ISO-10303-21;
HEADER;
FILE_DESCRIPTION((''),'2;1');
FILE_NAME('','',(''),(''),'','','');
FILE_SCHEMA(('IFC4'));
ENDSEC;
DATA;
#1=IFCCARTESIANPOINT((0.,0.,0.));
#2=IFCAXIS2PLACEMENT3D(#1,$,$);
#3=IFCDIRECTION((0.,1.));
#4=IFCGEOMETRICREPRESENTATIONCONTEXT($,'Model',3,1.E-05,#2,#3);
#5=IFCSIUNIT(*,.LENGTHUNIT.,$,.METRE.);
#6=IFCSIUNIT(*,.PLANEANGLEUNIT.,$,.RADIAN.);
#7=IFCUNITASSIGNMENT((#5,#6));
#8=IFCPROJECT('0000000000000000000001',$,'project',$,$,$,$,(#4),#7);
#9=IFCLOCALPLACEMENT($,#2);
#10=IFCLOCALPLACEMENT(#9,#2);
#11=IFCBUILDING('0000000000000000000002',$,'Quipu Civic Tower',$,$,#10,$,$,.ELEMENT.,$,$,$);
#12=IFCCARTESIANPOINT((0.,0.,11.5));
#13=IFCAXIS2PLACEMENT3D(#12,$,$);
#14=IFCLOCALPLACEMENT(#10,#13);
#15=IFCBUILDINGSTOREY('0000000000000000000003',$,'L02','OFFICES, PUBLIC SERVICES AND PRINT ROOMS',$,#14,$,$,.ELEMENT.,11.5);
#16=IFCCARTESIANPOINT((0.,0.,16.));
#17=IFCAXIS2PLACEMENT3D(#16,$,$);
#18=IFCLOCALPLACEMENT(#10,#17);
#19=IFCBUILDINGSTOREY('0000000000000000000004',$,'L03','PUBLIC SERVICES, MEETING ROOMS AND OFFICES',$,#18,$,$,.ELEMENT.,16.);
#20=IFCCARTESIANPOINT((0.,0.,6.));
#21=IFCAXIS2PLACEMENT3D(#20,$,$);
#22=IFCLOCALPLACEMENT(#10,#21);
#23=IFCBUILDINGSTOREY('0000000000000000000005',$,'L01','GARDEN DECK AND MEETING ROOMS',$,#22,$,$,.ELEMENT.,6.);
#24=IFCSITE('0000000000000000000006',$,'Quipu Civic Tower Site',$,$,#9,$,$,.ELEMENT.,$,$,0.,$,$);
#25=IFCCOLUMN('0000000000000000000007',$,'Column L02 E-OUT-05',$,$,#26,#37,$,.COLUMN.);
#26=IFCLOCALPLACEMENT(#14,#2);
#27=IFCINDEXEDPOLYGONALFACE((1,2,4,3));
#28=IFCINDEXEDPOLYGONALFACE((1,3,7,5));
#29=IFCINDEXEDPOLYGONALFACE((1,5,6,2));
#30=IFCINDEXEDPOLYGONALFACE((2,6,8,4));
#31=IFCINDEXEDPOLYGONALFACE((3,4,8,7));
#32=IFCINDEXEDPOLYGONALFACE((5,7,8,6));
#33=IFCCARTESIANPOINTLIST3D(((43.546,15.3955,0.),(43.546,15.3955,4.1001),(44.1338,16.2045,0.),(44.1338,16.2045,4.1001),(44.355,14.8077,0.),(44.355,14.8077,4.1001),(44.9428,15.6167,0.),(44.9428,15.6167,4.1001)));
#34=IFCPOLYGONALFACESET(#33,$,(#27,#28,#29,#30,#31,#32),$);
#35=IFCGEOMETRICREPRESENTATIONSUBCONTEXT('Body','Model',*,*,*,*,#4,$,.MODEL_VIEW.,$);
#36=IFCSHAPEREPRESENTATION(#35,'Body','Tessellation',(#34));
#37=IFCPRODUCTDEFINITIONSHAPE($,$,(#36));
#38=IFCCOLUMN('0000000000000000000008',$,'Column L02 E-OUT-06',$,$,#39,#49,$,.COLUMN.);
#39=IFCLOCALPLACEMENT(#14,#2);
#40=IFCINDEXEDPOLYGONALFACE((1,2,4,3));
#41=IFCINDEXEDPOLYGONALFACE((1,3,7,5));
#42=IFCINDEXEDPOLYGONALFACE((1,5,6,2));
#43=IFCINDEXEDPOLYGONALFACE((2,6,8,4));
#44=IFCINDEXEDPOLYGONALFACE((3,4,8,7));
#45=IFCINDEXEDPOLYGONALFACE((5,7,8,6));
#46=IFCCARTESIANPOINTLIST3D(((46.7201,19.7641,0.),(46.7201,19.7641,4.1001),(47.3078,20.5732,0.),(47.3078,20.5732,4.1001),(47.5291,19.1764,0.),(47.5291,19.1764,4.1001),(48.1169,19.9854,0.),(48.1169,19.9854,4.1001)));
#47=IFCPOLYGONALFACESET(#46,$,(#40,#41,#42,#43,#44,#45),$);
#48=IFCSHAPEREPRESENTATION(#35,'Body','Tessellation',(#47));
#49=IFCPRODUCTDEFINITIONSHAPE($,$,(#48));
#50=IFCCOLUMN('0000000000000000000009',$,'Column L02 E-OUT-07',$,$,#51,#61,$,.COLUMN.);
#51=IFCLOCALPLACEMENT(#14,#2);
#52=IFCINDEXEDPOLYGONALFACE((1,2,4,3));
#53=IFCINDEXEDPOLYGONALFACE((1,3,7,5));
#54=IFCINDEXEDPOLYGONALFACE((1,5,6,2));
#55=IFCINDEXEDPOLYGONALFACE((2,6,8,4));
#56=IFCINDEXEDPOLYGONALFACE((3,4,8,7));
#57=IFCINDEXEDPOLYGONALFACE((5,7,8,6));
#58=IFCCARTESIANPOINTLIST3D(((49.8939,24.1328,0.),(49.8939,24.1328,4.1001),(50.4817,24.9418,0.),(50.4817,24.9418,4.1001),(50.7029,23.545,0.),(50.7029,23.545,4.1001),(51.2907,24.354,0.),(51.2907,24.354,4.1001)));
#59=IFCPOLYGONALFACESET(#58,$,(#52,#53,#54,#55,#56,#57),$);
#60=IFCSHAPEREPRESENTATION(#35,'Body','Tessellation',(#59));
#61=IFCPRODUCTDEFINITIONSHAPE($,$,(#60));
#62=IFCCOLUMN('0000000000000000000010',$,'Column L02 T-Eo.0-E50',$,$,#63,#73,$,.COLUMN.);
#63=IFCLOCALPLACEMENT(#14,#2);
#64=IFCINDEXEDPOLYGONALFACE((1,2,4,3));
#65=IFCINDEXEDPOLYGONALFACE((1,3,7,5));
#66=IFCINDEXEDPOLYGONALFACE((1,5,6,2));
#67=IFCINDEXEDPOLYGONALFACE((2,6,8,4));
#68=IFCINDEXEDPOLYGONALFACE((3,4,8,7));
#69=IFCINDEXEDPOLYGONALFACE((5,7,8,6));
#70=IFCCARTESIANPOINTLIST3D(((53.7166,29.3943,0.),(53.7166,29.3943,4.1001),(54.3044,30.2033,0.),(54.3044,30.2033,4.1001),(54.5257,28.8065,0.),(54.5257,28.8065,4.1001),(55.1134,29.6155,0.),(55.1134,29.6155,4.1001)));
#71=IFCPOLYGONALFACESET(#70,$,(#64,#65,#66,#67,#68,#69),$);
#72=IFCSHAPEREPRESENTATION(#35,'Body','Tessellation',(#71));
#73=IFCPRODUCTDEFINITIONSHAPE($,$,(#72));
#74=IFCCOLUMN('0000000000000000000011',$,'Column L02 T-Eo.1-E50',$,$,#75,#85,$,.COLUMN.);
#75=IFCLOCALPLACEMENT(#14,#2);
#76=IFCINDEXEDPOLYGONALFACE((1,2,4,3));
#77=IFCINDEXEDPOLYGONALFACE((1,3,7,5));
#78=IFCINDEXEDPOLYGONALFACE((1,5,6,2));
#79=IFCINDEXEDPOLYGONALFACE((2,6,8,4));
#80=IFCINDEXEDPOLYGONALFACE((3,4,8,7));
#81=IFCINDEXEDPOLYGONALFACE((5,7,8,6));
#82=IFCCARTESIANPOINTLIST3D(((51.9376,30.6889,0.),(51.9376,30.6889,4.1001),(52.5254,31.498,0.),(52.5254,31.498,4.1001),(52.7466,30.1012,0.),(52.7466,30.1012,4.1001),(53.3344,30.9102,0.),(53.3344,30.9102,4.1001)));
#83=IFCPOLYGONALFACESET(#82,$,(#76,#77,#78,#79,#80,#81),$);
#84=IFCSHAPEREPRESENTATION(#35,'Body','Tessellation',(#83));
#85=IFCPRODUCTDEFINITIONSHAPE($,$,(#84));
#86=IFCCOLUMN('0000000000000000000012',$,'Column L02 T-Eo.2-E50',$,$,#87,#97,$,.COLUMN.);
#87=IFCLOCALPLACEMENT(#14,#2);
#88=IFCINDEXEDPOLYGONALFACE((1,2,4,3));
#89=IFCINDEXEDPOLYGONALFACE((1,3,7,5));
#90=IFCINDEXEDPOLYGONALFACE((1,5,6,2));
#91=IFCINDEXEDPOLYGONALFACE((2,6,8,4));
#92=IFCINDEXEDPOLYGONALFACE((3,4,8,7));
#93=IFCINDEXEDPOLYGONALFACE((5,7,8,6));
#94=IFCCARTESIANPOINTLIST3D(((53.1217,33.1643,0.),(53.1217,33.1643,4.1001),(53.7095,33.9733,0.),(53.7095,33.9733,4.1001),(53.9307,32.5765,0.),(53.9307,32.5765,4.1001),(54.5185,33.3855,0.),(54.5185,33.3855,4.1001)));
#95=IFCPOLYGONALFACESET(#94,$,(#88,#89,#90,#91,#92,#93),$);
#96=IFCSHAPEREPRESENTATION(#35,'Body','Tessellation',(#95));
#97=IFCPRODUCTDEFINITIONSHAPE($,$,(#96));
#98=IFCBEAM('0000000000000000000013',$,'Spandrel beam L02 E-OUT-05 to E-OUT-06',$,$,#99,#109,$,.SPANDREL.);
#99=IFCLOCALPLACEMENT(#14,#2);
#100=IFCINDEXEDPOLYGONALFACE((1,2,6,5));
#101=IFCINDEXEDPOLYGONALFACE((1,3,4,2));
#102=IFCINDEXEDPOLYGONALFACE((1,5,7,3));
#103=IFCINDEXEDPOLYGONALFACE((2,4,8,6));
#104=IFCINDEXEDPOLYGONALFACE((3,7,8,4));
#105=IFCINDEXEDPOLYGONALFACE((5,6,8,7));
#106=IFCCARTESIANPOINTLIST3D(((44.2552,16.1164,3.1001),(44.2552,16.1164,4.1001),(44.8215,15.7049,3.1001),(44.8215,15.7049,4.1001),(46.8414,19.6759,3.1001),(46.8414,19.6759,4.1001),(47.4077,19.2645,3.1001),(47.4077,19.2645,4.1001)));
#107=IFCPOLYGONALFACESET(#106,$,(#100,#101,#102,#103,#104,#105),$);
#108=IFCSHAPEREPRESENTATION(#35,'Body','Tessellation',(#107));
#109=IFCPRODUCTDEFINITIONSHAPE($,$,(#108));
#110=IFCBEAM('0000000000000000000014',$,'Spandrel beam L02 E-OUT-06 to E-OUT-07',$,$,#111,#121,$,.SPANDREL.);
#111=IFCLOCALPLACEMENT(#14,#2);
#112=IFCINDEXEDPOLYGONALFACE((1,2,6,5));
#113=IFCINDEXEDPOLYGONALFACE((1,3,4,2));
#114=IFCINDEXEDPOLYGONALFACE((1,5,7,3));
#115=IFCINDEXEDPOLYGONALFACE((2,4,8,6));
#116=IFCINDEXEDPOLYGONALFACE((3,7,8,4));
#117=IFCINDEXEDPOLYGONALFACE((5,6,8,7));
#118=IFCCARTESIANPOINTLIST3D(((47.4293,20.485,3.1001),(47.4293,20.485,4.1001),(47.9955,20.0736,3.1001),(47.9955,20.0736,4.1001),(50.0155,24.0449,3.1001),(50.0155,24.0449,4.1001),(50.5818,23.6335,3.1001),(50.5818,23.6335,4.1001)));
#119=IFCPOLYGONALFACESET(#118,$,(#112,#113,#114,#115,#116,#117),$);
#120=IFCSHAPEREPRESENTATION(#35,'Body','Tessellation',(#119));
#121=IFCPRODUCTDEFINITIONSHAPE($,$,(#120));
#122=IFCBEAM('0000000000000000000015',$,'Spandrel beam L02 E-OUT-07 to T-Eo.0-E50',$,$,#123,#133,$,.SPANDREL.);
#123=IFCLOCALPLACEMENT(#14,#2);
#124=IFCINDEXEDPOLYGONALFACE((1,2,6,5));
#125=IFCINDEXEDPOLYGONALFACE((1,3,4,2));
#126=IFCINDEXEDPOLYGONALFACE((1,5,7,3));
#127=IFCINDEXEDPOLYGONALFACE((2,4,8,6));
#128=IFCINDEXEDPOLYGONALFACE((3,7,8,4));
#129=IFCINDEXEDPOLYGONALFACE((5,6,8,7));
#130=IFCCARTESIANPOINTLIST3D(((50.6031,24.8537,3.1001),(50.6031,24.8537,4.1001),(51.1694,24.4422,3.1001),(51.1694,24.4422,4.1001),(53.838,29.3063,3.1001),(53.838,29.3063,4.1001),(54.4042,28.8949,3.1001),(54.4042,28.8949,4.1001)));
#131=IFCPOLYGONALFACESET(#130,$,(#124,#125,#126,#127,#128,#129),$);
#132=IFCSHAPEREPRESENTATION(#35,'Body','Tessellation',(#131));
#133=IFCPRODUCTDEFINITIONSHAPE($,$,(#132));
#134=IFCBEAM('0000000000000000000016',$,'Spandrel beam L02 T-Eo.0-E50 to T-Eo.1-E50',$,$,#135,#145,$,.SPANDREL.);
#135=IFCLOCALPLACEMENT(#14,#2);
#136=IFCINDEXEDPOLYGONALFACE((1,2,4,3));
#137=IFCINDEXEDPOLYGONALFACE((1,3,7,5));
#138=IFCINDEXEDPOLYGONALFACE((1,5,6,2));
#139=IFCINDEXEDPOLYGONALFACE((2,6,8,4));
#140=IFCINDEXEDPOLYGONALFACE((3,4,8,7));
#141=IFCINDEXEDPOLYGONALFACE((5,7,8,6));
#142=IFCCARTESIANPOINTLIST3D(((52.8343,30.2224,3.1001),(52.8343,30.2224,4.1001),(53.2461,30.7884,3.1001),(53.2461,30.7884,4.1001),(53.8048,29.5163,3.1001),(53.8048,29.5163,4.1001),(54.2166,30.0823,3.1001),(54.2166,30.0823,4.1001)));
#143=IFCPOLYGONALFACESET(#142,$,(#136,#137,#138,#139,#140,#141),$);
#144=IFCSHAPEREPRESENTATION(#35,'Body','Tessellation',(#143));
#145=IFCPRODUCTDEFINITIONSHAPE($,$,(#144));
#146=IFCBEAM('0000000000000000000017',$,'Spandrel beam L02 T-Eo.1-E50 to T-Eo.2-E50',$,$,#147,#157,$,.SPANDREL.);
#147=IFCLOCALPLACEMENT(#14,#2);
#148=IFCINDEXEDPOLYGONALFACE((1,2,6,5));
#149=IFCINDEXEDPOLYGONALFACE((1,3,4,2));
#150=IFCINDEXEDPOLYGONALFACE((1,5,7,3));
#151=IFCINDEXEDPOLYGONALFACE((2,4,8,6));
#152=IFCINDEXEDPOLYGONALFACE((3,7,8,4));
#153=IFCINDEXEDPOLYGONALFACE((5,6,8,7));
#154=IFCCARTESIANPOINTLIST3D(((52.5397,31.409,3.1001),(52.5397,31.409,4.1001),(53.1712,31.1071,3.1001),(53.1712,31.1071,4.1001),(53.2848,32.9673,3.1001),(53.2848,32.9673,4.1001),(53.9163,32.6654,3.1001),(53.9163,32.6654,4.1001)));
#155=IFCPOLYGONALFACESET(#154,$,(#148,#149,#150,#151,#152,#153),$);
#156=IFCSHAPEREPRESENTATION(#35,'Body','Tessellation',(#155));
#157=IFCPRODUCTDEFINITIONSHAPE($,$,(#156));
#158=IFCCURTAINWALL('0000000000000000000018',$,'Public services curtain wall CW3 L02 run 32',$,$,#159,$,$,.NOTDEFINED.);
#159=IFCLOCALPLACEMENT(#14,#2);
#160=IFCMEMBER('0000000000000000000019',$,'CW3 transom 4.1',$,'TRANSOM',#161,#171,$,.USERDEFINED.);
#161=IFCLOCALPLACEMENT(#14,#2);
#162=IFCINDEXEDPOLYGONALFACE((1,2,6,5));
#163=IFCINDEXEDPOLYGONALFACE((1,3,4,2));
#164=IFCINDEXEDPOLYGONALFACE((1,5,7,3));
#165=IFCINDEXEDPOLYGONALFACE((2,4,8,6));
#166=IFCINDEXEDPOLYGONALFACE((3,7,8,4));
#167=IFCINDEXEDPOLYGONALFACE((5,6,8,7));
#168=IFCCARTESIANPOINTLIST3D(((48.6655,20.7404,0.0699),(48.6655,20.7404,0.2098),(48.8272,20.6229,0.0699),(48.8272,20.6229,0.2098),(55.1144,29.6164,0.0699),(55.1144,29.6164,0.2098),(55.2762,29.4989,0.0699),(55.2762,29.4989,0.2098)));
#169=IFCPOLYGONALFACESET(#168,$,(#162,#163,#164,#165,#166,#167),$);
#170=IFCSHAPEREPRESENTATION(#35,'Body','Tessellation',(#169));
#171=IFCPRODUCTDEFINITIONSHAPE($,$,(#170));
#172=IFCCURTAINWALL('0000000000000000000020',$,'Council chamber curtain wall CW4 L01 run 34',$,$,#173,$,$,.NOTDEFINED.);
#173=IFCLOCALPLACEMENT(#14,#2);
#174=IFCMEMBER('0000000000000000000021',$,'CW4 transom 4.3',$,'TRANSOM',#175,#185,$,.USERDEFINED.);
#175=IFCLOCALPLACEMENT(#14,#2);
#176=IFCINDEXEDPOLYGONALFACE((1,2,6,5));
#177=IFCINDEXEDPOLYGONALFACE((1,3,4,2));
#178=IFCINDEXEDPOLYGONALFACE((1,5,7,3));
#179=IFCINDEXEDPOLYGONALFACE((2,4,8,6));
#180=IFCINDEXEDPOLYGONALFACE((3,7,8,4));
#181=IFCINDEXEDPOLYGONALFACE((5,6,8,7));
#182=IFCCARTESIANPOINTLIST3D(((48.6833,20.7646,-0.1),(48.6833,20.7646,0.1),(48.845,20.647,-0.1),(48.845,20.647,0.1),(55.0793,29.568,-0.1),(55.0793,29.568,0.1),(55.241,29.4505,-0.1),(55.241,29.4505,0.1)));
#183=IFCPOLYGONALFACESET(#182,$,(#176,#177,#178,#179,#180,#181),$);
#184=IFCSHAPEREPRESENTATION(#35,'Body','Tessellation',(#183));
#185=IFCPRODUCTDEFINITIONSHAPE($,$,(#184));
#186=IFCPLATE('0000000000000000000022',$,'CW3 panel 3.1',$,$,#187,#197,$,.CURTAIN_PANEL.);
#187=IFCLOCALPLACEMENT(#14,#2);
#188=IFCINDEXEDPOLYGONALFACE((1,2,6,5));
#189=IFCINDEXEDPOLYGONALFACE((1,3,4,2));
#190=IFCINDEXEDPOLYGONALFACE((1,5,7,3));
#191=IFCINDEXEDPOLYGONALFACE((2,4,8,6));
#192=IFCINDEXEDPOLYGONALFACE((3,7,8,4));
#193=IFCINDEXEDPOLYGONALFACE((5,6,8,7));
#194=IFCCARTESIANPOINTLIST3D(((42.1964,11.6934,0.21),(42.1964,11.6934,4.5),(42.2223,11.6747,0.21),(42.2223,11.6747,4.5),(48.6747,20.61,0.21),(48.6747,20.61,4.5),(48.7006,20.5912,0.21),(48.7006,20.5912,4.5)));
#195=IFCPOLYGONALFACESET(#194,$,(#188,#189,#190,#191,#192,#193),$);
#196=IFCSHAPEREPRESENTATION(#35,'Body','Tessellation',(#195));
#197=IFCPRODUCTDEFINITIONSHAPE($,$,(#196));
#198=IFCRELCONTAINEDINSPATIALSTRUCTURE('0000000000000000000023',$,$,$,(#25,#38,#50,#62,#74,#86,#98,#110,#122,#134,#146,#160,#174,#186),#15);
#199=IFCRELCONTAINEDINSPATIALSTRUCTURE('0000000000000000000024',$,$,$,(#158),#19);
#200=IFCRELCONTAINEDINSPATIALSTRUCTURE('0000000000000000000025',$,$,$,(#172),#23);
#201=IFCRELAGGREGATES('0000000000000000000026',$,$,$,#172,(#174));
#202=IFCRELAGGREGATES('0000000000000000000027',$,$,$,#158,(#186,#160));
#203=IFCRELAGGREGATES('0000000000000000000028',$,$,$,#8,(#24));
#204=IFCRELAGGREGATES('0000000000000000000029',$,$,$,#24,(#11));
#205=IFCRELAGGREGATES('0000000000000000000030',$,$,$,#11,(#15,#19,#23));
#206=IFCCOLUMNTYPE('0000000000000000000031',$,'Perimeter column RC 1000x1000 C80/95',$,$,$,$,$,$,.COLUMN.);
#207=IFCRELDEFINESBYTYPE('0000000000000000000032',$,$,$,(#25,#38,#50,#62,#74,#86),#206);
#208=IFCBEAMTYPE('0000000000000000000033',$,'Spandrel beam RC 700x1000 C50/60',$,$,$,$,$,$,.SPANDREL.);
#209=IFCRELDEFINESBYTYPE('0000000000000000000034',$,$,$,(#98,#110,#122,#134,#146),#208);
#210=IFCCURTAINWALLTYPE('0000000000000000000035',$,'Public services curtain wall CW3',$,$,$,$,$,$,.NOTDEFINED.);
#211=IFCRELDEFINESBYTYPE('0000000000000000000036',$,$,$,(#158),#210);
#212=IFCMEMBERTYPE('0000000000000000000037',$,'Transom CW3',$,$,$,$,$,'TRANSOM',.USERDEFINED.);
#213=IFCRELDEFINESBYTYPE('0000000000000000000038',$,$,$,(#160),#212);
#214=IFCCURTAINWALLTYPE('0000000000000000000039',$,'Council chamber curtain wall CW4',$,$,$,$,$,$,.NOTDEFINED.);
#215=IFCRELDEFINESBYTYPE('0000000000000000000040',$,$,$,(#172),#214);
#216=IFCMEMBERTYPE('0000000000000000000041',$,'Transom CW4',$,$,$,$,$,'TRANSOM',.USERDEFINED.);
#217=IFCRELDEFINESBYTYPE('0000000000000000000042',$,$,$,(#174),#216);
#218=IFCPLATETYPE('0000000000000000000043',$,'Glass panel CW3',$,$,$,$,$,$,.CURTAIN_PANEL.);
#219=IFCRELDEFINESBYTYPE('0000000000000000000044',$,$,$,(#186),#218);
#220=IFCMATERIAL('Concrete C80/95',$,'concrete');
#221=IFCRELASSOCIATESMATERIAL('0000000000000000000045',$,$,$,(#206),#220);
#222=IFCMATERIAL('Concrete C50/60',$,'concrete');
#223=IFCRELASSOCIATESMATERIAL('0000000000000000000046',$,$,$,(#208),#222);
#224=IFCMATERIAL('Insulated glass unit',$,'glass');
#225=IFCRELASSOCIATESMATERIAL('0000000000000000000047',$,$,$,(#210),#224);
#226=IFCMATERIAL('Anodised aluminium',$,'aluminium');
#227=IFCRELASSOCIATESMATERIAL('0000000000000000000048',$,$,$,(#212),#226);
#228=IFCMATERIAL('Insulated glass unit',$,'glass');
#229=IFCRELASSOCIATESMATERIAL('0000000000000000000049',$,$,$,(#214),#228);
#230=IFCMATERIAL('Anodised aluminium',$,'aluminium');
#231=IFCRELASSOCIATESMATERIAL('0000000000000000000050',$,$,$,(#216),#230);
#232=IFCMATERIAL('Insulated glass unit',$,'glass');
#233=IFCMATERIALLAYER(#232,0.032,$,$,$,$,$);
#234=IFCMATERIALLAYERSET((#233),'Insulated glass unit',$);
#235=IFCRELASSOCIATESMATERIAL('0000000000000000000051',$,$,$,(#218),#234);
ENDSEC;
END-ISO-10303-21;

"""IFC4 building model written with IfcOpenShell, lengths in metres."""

from ifc_helpers import new_model, si_unit, direction, frame, origin, origin_2d, place, context, subcontext, project, spatial, rectangle, extrude, material, layer, layer_set, material_profile, profile_set, type_object, element, aggregate, save


model = new_model("IFC4")

# Units and contexts
model_context = context("Model", 3, precision=1e-05, world=origin(), true_north=direction((0.0, 1.0)))
body_context = subcontext(model_context, "Body", "Model", "MODEL_VIEW")
ifc_project = project(units=[si_unit("LENGTHUNIT", "METRE"), si_unit("PLANEANGLEUNIT", "RADIAN")], contexts=[model_context])

# Site, building, storey
site_placement = place(None, origin())
site = spatial("IfcSite", under=ifc_project, at=site_placement, Name="Quipu Civic Tower Site", CompositionType="ELEMENT", RefElevation=0.0)
building_placement = place(site_placement, origin())
building = spatial("IfcBuilding", under=site, at=building_placement, Name="Quipu Civic Tower", CompositionType="ELEMENT")
storey_1_placement = place(building_placement, frame((0.0, 0.0, 11.5)))
storey_1 = spatial("IfcBuildingStorey", under=building, at=storey_1_placement, Name="L02", Description="OFFICES, PUBLIC SERVICES AND PRINT ROOMS", CompositionType="ELEMENT", Elevation=11.5)

# Columns
ifc_material_1 = material(Name="Concrete C80/95", Category="concrete")
ifc_material_profile_1 = material_profile(ifc_material_1, rectangle(XDim=1.0, YDim=1.0, at=origin_2d()), Name="RC1000x1000")
ifc_profile_set_1 = profile_set([ifc_material_profile_1], Name="Concrete C80/95")
column_type = type_object("IfcColumnType", Name="Perimeter column RC 1000x1000 C80/95", PredefinedType="COLUMN", material=ifc_profile_set_1)
for number, where, z_axis, x_axis, name in (
    (1, (44.2444, 15.5061, 0.0), (0.0, 0.0, 1.0), (0.587785, 0.809017, 0.0), "Column L02 E-OUT-05"),
    (2, (47.4185, 19.8748, 0.0), (0.0, 0.0, 1.0), (0.587785, 0.809017, 0.0), "Column L02 E-OUT-06"),
    (3, (50.5923, 24.2434, 0.0), (0.0, 0.0, 1.0), (0.587785, 0.809017, 0.0), "Column L02 E-OUT-07"),
    (4, (54.415, 29.5049, 0.0), (0.0, 0.0, 1.0), (0.587785, 0.809017, 0.0), "Column L02 T-Eo.0-E50"),
    (5, (52.636, 30.7996, 0.0), (0.0, 0.0, 1.0), (-0.809017, 0.587785, 0.0), "Column L02 T-Eo.1-E50"),
    (6, (53.8201, 33.2749, 0.0), (0.0, 0.0, 1.0), (-0.809017, 0.587785, 0.0), "Column L02 T-Eo.2-E50"),
):
    element("IfcColumn", number, at=place(storey_1_placement, frame(where, z_axis=z_axis, x_axis=x_axis)), inside=storey_1, type_object=column_type, Name=name, PredefinedType="COLUMN", context=body_context, shape_type="SweptSolid", body=[
        extrude(rectangle(XDim=1.0, YDim=1.0, at=origin_2d()), origin(), (0.0, 0.0, 1.0), 4.1001),
    ])

# Beams
ifc_material_2 = material(Name="Concrete C50/60", Category="concrete")
ifc_material_profile_2 = material_profile(ifc_material_2, rectangle(XDim=0.7, YDim=1.0, at=origin_2d()), Name="RC700x1000")
ifc_profile_set_2 = profile_set([ifc_material_profile_2], Name="Concrete C50/60")
beam_type = type_object("IfcBeamType", Name="Spandrel beam RC 700x1000 C50/60", PredefinedType="SPANDREL", material=ifc_profile_set_2)
beam_1_placement = place(storey_1_placement, frame((44.5383, 15.9106, 3.6001), z_axis=(0.587786, 0.809017, 0.0), x_axis=(-0.809017, 0.587786, 0.0)))
element("IfcBeam", 7, at=beam_1_placement, inside=storey_1, type_object=beam_type, Name="Spandrel beam L02 E-OUT-05 to E-OUT-06", PredefinedType="SPANDREL", context=body_context, shape_type="SweptSolid", body=[
    extrude(rectangle(XDim=0.7, YDim=1.0, at=origin_2d()), origin(), (0.0, 0.0, 1.0), 4.3999),
])
beam_2_placement = place(storey_1_placement, frame((47.7124, 20.2793, 3.6001), z_axis=(0.587759, 0.809036, 0.0), x_axis=(-0.809036, 0.587759, 0.0)))
element("IfcBeam", 8, at=beam_2_placement, inside=storey_1, type_object=beam_type, Name="Spandrel beam L02 E-OUT-06 to E-OUT-07", PredefinedType="SPANDREL", context=body_context, shape_type="SweptSolid", body=[
    extrude(rectangle(XDim=0.7, YDim=1.0, at=origin_2d()), origin(), (0.0, 0.0, 1.0), 4.4001),
])
beam_3_placement = place(storey_1_placement, frame((50.8862, 24.6479, 3.6001), z_axis=(0.587765, 0.809031, 0.0), x_axis=(-0.809031, 0.587765, 0.0)))
element("IfcBeam", 9, at=beam_3_placement, inside=storey_1, type_object=beam_type, Name="Spandrel beam L02 E-OUT-07 to T-Eo.0-E50", PredefinedType="SPANDREL", context=body_context, shape_type="SweptSolid", body=[
    extrude(rectangle(XDim=0.7, YDim=1.0, at=origin_2d()), origin(), (0.0, 0.0, 1.0), 5.5037),
])
beam_4_placement = place(storey_1_placement, frame((54.0107, 29.7993, 3.6001), z_axis=(-0.808631, 0.588317, 0.0), x_axis=(-0.588317, -0.808631, 0.0)))
element("IfcBeam", 10, at=beam_4_placement, inside=storey_1, type_object=beam_type, Name="Spandrel beam L02 T-Eo.0-E50 to T-Eo.1-E50", PredefinedType="SPANDREL", context=body_context, shape_type="SweptSolid", body=[
    extrude(rectangle(XDim=0.7, YDim=1.0, at=origin_2d()), origin(), (0.0, 0.0, 1.0), 1.2002),
])
beam_5_placement = place(storey_1_placement, frame((52.8555, 31.2581, 3.6001), z_axis=(0.43137, 0.902175, 0.0), x_axis=(-0.902175, 0.43137, 0.0)))
element("IfcBeam", 11, at=beam_5_placement, inside=storey_1, type_object=beam_type, Name="Spandrel beam L02 T-Eo.1-E50 to T-Eo.2-E50", PredefinedType="SPANDREL", context=body_context, shape_type="SweptSolid", body=[
    extrude(rectangle(XDim=0.7, YDim=1.0, at=origin_2d()), origin(), (0.0, 0.0, 1.0), 1.7273),
])

# Shared definitions
storey_2_placement = place(building_placement, frame((0.0, 0.0, 16.0)))
storey_2 = spatial("IfcBuildingStorey", under=building, at=storey_2_placement, Name="L03", Description="PUBLIC SERVICES, MEETING ROOMS AND OFFICES", CompositionType="ELEMENT", Elevation=16.0)

# Curtain wall, member
ifc_material_3 = material(Name="Insulated glass unit", Category="glass")
curtain_wall_type_1 = type_object("IfcCurtainWallType", Name="Public services curtain wall CW3", PredefinedType="NOTDEFINED", material=ifc_material_3)
curtain_wall_1_placement = place(storey_2_placement, origin())
curtain_wall_1 = element("IfcCurtainWall", 12, at=curtain_wall_1_placement, inside=storey_2, type_object=curtain_wall_type_1, Name="Public services curtain wall CW3 L02 run 32", PredefinedType="NOTDEFINED")
ifc_material_4 = material(Name="Anodised aluminium", Category="aluminium")
ifc_material_profile_3 = material_profile(ifc_material_4, rectangle(XDim=0.2, YDim=0.1399, at=origin_2d()), Name="RECT 200x140")
ifc_profile_set_3 = profile_set([ifc_material_profile_3], Name="Anodised aluminium")
member_type_1 = type_object("IfcMemberType", Name="Transom CW3", ElementType="TRANSOM", PredefinedType="USERDEFINED", material=ifc_profile_set_3)
member_1_placement = place(storey_1_placement, frame((48.7463, 20.6816, 0.1399), z_axis=(0.587797, 0.809008, 0.0), x_axis=(-0.809008, 0.587797, 0.0)))
member_1 = element("IfcMember", 13, at=member_1_placement, inside=storey_1, type_object=member_type_1, Name="CW3 transom 4.1", ObjectType="TRANSOM", PredefinedType="USERDEFINED", context=body_context, shape_type="SweptSolid", body=[
    extrude(rectangle(XDim=0.2, YDim=0.1399, at=origin_2d()), origin(), (0.0, 0.0, 1.0), 10.9714),
])

# Shared definitions
storey_3_placement = place(building_placement, frame((0.0, 0.0, 6.0)))
storey_3 = spatial("IfcBuildingStorey", under=building, at=storey_3_placement, Name="L01", Description="GARDEN DECK AND MEETING ROOMS", CompositionType="ELEMENT", Elevation=6.0)

# Curtain wall, member
ifc_material_5 = material(Name="Insulated glass unit", Category="glass")
curtain_wall_type_2 = type_object("IfcCurtainWallType", Name="Council chamber curtain wall CW4", PredefinedType="NOTDEFINED", material=ifc_material_5)
curtain_wall_2_placement = place(storey_3_placement, origin())
curtain_wall_2 = element("IfcCurtainWall", 14, at=curtain_wall_2_placement, inside=storey_3, type_object=curtain_wall_type_2, Name="Council chamber curtain wall CW4 L01 run 34", PredefinedType="NOTDEFINED")
ifc_material_6 = material(Name="Anodised aluminium", Category="aluminium")
ifc_material_profile_4 = material_profile(ifc_material_6, rectangle(XDim=0.2, YDim=0.2, at=origin_2d()), Name="RECT 200x200")
ifc_profile_set_4 = profile_set([ifc_material_profile_4], Name="Anodised aluminium")
member_type_2 = type_object("IfcMemberType", Name="Transom CW4", ElementType="TRANSOM", PredefinedType="USERDEFINED", material=ifc_profile_set_4)
member_2_placement = place(storey_1_placement, frame((48.7642, 20.7058, 0.0), z_axis=(0.587779, 0.809021, 0.0), x_axis=(-0.809021, 0.587779, 0.0)))
member_2 = element("IfcMember", 15, at=member_2_placement, inside=storey_1, type_object=member_type_2, Name="CW4 transom 4.3", ObjectType="TRANSOM", PredefinedType="USERDEFINED", context=body_context, shape_type="SweptSolid", body=[
    extrude(rectangle(XDim=0.2, YDim=0.2, at=origin_2d()), origin(), (0.0, 0.0, 1.0), 10.8816),
])
aggregate(curtain_wall_2, [member_2])

# Plate
ifc_material_7 = material(Name="Insulated glass unit", Category="glass")
ifc_layer_1 = layer(ifc_material_7, 0.032)
ifc_layer_set_1 = layer_set([ifc_layer_1], Name="Insulated glass unit")
plate_type_1 = type_object("IfcPlateType", Name="Glass panel CW3", PredefinedType="CURTAIN_PANEL", material=ifc_layer_set_1)
plate_1_placement = place(storey_1_placement, frame((45.4485, 16.1423, 0.21), z_axis=(0.0, 0.0, 1.0), x_axis=(0.587785, 0.809017, 0.0)))
plate_1 = element("IfcPlate", 16, at=plate_1_placement, inside=storey_1, type_object=plate_type_1, Name="CW3 panel 3.1", PredefinedType="CURTAIN_PANEL", context=body_context, shape_type="SweptSolid", body=[
    extrude(rectangle(XDim=11.0215, YDim=0.032, at=origin_2d()), origin(), (0.0, 0.0, 1.0), 4.29),
])
aggregate(curtain_wall_1, [plate_1, member_1])

save(model, "model.ifc")
